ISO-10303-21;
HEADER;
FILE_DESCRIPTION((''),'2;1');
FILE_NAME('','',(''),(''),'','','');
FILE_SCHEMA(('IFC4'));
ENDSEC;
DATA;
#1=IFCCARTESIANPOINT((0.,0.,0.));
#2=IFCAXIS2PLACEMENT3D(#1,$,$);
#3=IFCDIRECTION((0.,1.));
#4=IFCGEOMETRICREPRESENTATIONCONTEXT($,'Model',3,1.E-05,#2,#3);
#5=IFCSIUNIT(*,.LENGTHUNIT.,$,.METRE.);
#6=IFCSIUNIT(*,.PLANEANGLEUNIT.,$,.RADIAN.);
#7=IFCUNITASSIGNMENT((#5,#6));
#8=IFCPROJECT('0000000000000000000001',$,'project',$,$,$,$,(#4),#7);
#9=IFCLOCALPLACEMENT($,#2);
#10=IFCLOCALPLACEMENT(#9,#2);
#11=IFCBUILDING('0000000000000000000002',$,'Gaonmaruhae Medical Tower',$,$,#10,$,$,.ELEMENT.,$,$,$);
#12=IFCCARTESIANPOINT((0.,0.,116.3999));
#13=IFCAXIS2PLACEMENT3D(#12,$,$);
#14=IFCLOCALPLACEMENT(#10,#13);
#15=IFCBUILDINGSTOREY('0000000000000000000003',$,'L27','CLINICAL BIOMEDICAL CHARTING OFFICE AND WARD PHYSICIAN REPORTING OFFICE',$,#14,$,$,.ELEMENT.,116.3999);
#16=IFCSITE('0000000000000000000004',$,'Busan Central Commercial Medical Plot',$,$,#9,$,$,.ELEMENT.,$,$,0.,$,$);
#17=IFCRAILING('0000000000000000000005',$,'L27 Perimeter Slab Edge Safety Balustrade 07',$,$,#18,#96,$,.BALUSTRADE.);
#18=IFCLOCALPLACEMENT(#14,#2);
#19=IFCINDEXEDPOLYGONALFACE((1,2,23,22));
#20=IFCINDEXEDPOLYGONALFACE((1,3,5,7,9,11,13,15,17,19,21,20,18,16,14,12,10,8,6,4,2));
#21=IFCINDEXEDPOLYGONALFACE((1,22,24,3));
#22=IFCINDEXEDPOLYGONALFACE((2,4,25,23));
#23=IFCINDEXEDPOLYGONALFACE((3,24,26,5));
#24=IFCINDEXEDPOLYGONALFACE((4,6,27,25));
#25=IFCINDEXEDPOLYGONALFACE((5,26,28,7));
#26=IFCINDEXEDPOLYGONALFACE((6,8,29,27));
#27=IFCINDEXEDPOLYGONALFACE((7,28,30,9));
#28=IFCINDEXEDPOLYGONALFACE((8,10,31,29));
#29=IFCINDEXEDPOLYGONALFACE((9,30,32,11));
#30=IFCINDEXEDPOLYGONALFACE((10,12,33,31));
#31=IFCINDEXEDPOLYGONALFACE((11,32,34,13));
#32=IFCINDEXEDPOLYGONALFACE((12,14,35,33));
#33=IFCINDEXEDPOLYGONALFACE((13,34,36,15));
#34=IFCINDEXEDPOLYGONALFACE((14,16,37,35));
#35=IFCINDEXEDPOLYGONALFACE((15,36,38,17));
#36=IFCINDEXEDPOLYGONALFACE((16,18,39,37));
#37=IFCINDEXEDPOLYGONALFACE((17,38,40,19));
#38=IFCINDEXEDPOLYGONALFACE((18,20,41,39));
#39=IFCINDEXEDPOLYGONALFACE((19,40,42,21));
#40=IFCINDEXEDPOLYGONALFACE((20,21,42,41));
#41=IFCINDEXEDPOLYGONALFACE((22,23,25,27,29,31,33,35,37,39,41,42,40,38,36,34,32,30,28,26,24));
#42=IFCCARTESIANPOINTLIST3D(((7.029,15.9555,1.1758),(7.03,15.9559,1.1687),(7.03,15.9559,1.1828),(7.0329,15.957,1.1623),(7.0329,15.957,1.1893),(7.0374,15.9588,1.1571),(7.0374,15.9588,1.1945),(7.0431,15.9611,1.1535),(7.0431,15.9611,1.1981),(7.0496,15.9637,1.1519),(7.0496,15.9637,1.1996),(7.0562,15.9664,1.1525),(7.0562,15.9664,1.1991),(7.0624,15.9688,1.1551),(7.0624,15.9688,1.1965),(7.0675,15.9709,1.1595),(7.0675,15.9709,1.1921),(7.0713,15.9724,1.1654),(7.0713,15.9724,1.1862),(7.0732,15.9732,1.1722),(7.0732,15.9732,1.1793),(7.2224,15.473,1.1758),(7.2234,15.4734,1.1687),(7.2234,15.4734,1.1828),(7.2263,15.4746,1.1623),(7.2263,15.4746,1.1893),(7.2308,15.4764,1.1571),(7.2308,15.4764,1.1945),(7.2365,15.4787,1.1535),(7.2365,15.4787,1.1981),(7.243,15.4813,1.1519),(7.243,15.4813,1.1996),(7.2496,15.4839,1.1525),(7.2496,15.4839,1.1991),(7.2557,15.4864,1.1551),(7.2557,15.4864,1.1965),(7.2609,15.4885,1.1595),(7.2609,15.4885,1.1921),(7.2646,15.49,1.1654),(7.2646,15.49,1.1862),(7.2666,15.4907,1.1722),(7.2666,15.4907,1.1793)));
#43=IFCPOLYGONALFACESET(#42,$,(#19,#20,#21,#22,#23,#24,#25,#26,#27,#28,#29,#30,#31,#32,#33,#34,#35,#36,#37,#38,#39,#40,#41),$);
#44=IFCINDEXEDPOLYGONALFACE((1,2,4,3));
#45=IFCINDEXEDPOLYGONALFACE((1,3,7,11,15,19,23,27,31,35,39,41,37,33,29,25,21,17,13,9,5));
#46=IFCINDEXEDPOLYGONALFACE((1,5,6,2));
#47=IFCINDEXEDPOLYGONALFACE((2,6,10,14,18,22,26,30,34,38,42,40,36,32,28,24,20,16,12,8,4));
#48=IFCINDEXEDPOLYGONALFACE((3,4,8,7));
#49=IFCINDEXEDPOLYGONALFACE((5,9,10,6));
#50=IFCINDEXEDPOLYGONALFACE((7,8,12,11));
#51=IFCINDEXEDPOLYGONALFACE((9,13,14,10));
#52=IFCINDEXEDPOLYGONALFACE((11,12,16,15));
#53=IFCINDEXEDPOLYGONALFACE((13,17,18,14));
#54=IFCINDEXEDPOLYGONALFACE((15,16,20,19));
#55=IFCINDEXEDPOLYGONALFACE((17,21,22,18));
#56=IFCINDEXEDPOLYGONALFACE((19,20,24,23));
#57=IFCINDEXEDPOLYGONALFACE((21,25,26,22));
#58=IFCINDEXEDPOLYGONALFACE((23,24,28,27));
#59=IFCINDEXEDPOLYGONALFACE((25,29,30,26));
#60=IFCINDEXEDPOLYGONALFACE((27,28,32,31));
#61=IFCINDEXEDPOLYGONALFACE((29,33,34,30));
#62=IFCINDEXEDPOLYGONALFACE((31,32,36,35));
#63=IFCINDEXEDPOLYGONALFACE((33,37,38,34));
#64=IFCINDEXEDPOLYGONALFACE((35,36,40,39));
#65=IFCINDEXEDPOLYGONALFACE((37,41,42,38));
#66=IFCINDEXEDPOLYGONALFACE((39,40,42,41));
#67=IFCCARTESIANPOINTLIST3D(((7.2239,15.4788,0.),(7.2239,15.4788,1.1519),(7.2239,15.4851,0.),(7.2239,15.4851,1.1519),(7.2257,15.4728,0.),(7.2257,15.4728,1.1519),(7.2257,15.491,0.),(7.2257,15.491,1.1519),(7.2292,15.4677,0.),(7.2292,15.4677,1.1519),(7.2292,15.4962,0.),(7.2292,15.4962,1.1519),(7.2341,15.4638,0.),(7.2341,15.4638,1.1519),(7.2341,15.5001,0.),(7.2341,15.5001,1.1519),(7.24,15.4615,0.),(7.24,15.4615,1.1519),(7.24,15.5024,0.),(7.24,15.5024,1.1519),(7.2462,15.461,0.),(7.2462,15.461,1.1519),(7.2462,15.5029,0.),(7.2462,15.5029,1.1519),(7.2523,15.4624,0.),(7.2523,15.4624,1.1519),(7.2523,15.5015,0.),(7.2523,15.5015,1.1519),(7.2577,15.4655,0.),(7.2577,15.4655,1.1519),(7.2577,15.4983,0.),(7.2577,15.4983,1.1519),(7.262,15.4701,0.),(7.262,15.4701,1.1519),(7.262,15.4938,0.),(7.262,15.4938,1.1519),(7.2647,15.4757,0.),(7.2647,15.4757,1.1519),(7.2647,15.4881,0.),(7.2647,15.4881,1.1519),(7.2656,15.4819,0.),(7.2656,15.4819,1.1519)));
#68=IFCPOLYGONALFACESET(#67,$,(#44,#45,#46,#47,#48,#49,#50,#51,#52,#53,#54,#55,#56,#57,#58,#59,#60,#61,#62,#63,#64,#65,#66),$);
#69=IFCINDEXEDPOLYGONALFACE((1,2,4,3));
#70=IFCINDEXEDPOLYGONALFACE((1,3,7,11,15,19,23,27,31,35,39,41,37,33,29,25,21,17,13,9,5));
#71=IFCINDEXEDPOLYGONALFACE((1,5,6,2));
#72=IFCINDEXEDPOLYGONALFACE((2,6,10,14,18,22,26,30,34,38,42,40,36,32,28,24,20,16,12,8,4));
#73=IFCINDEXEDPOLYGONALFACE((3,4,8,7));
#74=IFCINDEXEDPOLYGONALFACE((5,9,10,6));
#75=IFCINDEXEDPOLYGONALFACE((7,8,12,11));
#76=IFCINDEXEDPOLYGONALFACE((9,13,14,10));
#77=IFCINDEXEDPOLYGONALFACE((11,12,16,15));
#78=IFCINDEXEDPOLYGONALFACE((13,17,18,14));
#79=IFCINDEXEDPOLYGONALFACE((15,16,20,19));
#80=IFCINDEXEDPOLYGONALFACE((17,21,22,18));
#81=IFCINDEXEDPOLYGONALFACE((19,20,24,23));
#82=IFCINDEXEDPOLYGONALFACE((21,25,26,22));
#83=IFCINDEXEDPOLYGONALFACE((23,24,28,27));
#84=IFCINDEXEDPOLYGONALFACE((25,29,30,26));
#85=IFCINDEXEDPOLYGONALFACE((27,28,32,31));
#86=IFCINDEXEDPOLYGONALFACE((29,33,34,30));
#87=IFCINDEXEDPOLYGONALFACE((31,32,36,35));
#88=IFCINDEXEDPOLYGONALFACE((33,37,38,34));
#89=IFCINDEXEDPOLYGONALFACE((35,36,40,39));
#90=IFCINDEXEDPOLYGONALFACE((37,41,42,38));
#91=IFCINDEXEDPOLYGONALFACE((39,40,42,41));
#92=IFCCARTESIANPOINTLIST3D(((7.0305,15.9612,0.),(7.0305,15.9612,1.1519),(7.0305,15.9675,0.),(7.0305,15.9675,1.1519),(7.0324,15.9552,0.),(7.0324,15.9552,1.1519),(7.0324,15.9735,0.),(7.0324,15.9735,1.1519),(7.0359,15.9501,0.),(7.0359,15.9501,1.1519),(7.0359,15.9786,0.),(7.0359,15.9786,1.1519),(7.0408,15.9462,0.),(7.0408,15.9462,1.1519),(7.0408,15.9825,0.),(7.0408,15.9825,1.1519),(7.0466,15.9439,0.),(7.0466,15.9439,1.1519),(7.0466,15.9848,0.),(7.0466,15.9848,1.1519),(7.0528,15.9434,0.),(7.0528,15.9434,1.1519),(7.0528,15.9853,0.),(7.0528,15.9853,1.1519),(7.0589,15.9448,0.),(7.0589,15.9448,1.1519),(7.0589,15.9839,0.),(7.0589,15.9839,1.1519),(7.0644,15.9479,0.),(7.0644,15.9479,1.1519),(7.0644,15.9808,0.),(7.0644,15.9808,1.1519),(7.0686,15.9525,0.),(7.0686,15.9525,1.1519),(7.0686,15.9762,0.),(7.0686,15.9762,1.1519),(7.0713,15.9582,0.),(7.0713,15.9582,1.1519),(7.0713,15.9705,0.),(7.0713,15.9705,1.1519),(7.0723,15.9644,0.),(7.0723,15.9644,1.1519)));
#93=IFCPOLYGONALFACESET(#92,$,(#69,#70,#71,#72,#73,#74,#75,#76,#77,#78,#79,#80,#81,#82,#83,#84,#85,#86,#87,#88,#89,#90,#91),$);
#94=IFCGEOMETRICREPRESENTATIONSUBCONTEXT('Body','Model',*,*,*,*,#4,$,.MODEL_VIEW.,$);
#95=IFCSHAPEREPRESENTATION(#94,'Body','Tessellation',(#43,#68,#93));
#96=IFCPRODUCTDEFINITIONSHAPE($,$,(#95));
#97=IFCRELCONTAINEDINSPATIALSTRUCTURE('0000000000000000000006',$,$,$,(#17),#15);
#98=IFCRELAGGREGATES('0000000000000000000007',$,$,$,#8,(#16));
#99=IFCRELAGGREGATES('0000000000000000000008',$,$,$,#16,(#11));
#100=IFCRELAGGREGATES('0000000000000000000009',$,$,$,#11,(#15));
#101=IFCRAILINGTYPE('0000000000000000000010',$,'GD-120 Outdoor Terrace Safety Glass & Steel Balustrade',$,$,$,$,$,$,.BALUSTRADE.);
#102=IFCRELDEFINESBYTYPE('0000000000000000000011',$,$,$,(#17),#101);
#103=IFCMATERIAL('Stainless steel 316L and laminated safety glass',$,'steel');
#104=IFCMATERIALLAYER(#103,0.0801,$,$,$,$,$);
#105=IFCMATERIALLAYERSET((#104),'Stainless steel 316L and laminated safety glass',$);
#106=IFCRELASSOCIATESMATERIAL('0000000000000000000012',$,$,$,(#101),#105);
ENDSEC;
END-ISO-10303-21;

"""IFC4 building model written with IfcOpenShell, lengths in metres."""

from ifc_helpers import new_model, si_unit, direction, frame, origin, origin_2d, place, context, subcontext, project, spatial, circle, extrude, material, layer, layer_set, type_object, element, save


model = new_model("IFC4")

# Units and contexts
model_context = context("Model", 3, precision=1e-05, world=origin(), true_north=direction((0.0, 1.0)))
body_context = subcontext(model_context, "Body", "Model", "MODEL_VIEW")
ifc_project = project(units=[si_unit("LENGTHUNIT", "METRE"), si_unit("PLANEANGLEUNIT", "RADIAN")], contexts=[model_context])

# Site, building, storey
site_placement = place(None, origin())
site = spatial("IfcSite", under=ifc_project, at=site_placement, Name="Busan Central Commercial Medical Plot", CompositionType="ELEMENT", RefElevation=0.0)
building_placement = place(site_placement, origin())
building = spatial("IfcBuilding", under=site, at=building_placement, Name="Gaonmaruhae Medical Tower", CompositionType="ELEMENT")
storey_placement = place(building_placement, frame((0.0, 0.0, 116.3999)))
storey = spatial("IfcBuildingStorey", under=building, at=storey_placement, Name="L27", Description="CLINICAL BIOMEDICAL CHARTING OFFICE AND WARD PHYSICIAN REPORTING OFFICE", CompositionType="ELEMENT", Elevation=116.3999)

# Railing
ifc_material_1 = material(Name="Stainless steel 316L and laminated safety glass", Category="steel")
ifc_layer_1 = layer(ifc_material_1, 0.0801)
ifc_layer_set_1 = layer_set([ifc_layer_1], Name="Stainless steel 316L and laminated safety glass")
railing_type_1 = type_object("IfcRailingType", Name="GD-120 Outdoor Terrace Safety Glass & Steel Balustrade", PredefinedType="BALUSTRADE", material=ifc_layer_set_1)
railing_1_placement = place(storey_placement, frame((7.2446, 15.4819, 0.0)))
element("IfcRailing", 1, at=railing_1_placement, inside=storey, type_object=railing_type_1, Name="L27 Perimeter Slab Edge Safety Balustrade 07", PredefinedType="BALUSTRADE", context=body_context, shape_type="SweptSolid", body=[
    extrude(circle(Radius=0.0239, at=origin_2d()), frame((0.0, 0.0, 1.1758), z_axis=(-0.372039, 0.928217, 0.0), x_axis=(-0.928217, -0.372039, 0.0)), (0.0, 0.0, 1.0), 0.5198),
    extrude(circle(Radius=0.021, at=origin_2d()), origin(), (0.0, 0.0, 1.0), 1.1519),
    extrude(circle(Radius=0.021, at=origin_2d()), frame((-0.1934, 0.4824, 0.0)), (0.0, 0.0, 1.0), 1.1519),
])

save(model, "model.ifc")
